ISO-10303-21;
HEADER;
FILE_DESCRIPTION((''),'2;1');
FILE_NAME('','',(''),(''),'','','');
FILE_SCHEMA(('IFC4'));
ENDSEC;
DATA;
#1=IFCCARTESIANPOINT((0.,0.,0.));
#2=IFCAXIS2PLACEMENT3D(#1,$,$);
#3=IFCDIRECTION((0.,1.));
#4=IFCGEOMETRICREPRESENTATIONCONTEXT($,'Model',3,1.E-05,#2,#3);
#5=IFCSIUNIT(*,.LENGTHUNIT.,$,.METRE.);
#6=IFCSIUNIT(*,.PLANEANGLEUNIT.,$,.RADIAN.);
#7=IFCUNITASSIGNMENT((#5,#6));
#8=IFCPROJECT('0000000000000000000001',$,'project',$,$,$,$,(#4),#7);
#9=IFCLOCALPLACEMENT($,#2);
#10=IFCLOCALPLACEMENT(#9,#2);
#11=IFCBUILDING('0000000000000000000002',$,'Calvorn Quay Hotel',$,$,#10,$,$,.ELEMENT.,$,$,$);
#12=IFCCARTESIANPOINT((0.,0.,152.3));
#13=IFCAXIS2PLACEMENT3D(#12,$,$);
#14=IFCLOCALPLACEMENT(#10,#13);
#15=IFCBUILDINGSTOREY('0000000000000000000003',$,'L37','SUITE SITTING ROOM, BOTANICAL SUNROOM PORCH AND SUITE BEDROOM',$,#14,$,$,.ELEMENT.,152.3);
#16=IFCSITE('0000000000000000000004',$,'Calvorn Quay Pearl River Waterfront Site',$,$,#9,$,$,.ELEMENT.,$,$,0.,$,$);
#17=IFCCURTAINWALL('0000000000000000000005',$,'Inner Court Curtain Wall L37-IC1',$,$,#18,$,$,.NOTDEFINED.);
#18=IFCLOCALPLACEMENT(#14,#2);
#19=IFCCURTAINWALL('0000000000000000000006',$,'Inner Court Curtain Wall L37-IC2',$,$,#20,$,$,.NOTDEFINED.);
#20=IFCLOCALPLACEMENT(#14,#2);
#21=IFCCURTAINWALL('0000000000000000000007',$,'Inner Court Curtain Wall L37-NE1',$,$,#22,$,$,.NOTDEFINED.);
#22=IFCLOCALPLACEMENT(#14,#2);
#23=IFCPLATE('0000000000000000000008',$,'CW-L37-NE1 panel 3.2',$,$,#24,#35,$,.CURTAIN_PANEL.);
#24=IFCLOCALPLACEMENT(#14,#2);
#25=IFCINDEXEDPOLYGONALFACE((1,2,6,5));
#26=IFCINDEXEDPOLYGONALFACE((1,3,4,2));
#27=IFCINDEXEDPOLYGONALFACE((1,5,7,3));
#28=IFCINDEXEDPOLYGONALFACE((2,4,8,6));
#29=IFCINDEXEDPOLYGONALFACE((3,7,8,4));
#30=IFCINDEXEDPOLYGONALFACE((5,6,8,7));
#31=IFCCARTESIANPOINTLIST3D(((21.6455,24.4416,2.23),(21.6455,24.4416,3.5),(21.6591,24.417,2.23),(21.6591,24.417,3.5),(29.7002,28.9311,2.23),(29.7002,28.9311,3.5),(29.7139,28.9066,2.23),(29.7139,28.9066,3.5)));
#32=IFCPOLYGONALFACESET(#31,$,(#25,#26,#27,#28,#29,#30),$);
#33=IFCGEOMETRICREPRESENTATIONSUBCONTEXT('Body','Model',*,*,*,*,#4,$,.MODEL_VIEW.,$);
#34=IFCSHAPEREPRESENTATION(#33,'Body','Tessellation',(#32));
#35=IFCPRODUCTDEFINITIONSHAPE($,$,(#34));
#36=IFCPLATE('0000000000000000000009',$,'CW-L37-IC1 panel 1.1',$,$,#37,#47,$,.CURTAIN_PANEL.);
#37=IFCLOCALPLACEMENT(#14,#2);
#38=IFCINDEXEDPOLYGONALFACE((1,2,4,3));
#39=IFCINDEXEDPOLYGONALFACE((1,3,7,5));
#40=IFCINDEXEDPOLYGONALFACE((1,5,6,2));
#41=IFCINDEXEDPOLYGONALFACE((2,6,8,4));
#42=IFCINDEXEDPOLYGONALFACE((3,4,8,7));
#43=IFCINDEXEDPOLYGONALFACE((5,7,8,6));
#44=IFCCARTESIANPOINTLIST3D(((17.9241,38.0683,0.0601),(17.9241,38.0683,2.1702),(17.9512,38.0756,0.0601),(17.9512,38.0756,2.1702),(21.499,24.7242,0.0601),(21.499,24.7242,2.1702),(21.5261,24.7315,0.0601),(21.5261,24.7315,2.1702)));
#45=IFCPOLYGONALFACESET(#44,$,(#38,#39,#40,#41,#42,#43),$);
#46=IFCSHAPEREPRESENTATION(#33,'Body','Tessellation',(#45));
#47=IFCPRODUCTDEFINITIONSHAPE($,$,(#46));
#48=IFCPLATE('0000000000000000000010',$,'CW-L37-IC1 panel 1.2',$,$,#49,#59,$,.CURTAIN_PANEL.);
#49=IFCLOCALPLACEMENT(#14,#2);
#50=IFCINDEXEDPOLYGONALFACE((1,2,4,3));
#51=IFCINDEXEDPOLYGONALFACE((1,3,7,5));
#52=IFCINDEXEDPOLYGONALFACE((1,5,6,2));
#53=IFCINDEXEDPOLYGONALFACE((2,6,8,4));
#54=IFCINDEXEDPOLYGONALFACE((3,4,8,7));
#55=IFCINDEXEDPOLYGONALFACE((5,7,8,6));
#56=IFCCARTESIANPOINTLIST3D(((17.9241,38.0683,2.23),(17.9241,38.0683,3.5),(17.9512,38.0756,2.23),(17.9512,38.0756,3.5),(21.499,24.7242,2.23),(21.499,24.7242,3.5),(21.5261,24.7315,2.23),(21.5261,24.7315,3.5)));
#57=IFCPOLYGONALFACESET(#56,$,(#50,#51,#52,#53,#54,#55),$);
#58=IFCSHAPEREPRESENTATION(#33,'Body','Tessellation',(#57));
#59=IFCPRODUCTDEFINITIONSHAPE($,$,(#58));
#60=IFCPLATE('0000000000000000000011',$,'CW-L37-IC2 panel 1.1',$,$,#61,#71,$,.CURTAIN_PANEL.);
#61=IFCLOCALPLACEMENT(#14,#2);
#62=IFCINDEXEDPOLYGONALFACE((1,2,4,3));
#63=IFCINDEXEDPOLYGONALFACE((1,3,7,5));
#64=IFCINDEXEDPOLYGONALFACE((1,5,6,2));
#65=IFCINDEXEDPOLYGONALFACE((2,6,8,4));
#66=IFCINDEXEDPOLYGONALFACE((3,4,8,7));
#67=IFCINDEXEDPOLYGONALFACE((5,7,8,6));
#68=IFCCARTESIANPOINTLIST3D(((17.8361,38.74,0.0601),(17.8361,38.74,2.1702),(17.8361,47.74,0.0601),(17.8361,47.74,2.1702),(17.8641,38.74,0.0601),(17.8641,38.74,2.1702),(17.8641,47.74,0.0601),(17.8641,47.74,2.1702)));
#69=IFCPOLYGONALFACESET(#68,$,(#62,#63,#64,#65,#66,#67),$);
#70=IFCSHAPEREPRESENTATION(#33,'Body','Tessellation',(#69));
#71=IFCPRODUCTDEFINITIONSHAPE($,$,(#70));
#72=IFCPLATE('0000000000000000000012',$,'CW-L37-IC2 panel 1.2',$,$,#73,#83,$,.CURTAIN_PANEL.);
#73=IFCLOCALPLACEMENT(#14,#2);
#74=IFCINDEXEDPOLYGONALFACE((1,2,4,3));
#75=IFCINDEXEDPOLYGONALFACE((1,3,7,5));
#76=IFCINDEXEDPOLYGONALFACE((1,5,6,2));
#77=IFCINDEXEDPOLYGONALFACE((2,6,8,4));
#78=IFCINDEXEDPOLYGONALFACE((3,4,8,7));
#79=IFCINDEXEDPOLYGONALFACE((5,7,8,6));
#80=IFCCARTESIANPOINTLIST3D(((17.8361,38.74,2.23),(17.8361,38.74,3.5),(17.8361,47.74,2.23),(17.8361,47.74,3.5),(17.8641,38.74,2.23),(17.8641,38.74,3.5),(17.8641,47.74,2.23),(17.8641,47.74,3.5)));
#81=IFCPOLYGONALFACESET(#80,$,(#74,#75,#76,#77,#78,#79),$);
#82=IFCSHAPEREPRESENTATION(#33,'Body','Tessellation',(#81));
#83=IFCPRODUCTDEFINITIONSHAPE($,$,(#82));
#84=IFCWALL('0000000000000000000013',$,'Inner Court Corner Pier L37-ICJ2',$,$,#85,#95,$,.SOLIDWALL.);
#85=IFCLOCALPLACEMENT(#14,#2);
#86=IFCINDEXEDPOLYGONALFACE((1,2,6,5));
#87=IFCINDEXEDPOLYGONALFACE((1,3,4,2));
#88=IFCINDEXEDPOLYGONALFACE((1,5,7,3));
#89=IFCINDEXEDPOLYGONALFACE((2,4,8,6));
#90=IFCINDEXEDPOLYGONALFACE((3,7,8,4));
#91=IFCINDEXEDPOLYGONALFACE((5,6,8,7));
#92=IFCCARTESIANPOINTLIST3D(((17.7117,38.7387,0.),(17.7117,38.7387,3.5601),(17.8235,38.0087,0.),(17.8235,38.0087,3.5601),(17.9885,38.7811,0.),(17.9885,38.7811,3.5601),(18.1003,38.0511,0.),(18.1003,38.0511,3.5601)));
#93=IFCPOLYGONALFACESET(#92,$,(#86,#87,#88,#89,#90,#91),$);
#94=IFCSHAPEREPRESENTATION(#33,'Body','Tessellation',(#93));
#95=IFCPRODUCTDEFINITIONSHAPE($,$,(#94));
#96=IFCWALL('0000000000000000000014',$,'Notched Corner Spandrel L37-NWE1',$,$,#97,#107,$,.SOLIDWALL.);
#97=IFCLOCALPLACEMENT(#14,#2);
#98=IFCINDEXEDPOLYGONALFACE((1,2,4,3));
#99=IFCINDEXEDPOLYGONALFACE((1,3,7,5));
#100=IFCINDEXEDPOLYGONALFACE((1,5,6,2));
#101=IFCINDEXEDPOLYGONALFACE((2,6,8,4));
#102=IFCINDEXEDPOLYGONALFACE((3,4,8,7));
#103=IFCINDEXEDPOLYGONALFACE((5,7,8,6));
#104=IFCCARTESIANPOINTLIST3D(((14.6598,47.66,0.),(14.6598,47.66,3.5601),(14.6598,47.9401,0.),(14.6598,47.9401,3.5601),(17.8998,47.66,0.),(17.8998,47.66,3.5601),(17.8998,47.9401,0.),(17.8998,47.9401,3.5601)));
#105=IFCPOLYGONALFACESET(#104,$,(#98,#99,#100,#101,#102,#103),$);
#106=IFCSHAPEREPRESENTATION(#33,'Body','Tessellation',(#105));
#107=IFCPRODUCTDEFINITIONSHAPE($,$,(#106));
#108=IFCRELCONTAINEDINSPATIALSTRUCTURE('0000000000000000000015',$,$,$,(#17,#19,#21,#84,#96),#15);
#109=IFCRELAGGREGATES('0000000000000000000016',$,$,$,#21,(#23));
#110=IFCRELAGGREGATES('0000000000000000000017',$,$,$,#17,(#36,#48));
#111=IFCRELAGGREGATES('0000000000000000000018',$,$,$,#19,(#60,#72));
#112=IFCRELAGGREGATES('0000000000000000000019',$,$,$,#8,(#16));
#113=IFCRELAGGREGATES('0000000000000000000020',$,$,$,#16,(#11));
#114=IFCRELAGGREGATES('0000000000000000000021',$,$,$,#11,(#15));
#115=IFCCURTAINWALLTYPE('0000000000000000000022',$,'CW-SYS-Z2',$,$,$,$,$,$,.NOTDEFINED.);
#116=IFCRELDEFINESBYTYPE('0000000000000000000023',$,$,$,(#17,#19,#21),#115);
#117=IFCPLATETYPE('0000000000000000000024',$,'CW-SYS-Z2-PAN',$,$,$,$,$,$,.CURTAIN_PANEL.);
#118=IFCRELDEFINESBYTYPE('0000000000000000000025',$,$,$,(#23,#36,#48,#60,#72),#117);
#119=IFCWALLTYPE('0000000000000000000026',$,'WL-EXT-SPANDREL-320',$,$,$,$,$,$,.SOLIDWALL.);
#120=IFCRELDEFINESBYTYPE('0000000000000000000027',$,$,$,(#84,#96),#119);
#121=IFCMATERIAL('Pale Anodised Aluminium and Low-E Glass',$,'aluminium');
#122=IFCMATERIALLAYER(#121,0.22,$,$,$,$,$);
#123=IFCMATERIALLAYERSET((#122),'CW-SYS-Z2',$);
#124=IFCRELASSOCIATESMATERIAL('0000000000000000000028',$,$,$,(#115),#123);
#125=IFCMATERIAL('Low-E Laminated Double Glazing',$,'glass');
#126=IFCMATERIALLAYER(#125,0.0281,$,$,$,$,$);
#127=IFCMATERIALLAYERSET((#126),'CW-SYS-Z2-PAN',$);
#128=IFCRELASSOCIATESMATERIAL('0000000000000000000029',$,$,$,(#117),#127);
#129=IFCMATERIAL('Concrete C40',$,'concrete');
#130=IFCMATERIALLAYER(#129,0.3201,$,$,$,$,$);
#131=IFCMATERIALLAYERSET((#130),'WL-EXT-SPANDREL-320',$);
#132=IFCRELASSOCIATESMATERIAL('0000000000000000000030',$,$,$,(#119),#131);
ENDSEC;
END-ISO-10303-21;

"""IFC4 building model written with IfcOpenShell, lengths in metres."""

from ifc_helpers import new_model, si_unit, direction, frame, frame_2d, origin, origin_2d, place, context, subcontext, project, spatial, rectangle, extrude, material, layer, layer_set, type_object, element, aggregate, save


model = new_model("IFC4")

# Units and contexts
model_context = context("Model", 3, precision=1e-05, world=origin(), true_north=direction((0.0, 1.0)))
body_context = subcontext(model_context, "Body", "Model", "MODEL_VIEW")
ifc_project = project(units=[si_unit("LENGTHUNIT", "METRE"), si_unit("PLANEANGLEUNIT", "RADIAN")], contexts=[model_context])

# Site, building, storey
site_placement = place(None, origin())
site = spatial("IfcSite", under=ifc_project, at=site_placement, Name="Calvorn Quay Pearl River Waterfront Site", CompositionType="ELEMENT", RefElevation=0.0)
building_placement = place(site_placement, origin())
building = spatial("IfcBuilding", under=site, at=building_placement, Name="Calvorn Quay Hotel", CompositionType="ELEMENT")
storey_placement = place(building_placement, frame((0.0, 0.0, 152.3)))
storey = spatial("IfcBuildingStorey", under=building, at=storey_placement, Name="L37", Description="SUITE SITTING ROOM, BOTANICAL SUNROOM PORCH AND SUITE BEDROOM", CompositionType="ELEMENT", Elevation=152.3)

# Curtain wall
ifc_material_1 = material(Name="Pale Anodised Aluminium and Low-E Glass", Category="aluminium")
ifc_layer_1 = layer(ifc_material_1, 0.22)
ifc_layer_set_1 = layer_set([ifc_layer_1], Name="CW-SYS-Z2")
curtain_wall_type = type_object("IfcCurtainWallType", Name="CW-SYS-Z2", PredefinedType="NOTDEFINED", material=ifc_layer_set_1)
curtain_wall_1_placement = place(storey_placement, origin())
curtain_wall_1 = element("IfcCurtainWall", 1, at=curtain_wall_1_placement, inside=storey, type_object=curtain_wall_type, Name="Inner Court Curtain Wall L37-IC1", PredefinedType="NOTDEFINED")

# Curtain wall
curtain_wall_2_placement = place(storey_placement, origin())
curtain_wall_2 = element("IfcCurtainWall", 2, at=curtain_wall_2_placement, inside=storey, type_object=curtain_wall_type, Name="Inner Court Curtain Wall L37-IC2", PredefinedType="NOTDEFINED")

# Curtain wall
curtain_wall_3_placement = place(storey_placement, origin())
curtain_wall_3 = element("IfcCurtainWall", 3, at=curtain_wall_3_placement, inside=storey, type_object=curtain_wall_type, Name="Inner Court Curtain Wall L37-NE1", PredefinedType="NOTDEFINED")

# Plates
ifc_material_2 = material(Name="Low-E Laminated Double Glazing", Category="glass")
ifc_layer_2 = layer(ifc_material_2, 0.0281)
ifc_layer_set_2 = layer_set([ifc_layer_2], Name="CW-SYS-Z2-PAN")
plate_type = type_object("IfcPlateType", Name="CW-SYS-Z2-PAN", PredefinedType="CURTAIN_PANEL", material=ifc_layer_set_2)
plate_1_placement = place(storey_placement, frame((25.6797, 26.6741, 2.23), z_axis=(0.0, 0.0, 1.0), x_axis=(-0.873481, -0.486858, 0.0)))
plate_1 = element("IfcPlate", 4, at=plate_1_placement, type_object=plate_type, Name="CW-L37-NE1 panel 3.2", PredefinedType="CURTAIN_PANEL", context=body_context, shape_type="SweptSolid", body=[
    extrude(rectangle(XDim=9.2214, YDim=0.0281, at=origin_2d()), origin(), (0.0, 0.0, 1.0), 1.27),
])
aggregate(curtain_wall_3, [plate_1])
plate_2_placement = place(storey_placement, frame((19.7251, 31.3999, 0.0601), z_axis=(0.0, 0.0, 1.0), x_axis=(-0.258779, 0.965937, 0.0)))
plate_2 = element("IfcPlate", 5, at=plate_2_placement, type_object=plate_type, Name="CW-L37-IC1 panel 1.1", PredefinedType="CURTAIN_PANEL", context=body_context, shape_type="SweptSolid", body=[
    extrude(rectangle(XDim=13.8147, YDim=0.0281, at=origin_2d()), origin(), (0.0, 0.0, 1.0), 2.1101),
])
plate_3_placement = place(storey_placement, frame((19.7251, 31.3999, 2.23), z_axis=(0.0, 0.0, 1.0), x_axis=(-0.258779, 0.965937, 0.0)))
plate_3 = element("IfcPlate", 6, at=plate_3_placement, type_object=plate_type, Name="CW-L37-IC1 panel 1.2", PredefinedType="CURTAIN_PANEL", context=body_context, shape_type="SweptSolid", body=[
    extrude(rectangle(XDim=13.8147, YDim=0.0281, at=origin_2d()), origin(), (0.0, 0.0, 1.0), 1.27),
])
aggregate(curtain_wall_1, [plate_2, plate_3])
plate_4_placement = place(storey_placement, frame((17.8501, 43.24, 0.0601), z_axis=(0.0, 0.0, 1.0), x_axis=(0.0, 1.0, 0.0)))
plate_4 = element("IfcPlate", 7, at=plate_4_placement, type_object=plate_type, Name="CW-L37-IC2 panel 1.1", PredefinedType="CURTAIN_PANEL", context=body_context, shape_type="SweptSolid", body=[
    extrude(rectangle(XDim=9.0, YDim=0.0281, at=origin_2d()), origin(), (0.0, 0.0, 1.0), 2.1101),
])
plate_5_placement = place(storey_placement, frame((17.8501, 43.24, 2.23), z_axis=(0.0, 0.0, 1.0), x_axis=(0.0, 1.0, 0.0)))
plate_5 = element("IfcPlate", 8, at=plate_5_placement, type_object=plate_type, Name="CW-L37-IC2 panel 1.2", PredefinedType="CURTAIN_PANEL", context=body_context, shape_type="SweptSolid", body=[
    extrude(rectangle(XDim=9.0, YDim=0.0281, at=origin_2d()), origin(), (0.0, 0.0, 1.0), 1.27),
])
aggregate(curtain_wall_2, [plate_4, plate_5])

# Walls
ifc_material_3 = material(Name="Concrete C40", Category="concrete")
ifc_layer_3 = layer(ifc_material_3, 0.3201)
ifc_layer_set_3 = layer_set([ifc_layer_3], Name="WL-EXT-SPANDREL-320")
wall_type = type_object("IfcWallType", Name="WL-EXT-SPANDREL-320", PredefinedType="SOLIDWALL", material=ifc_layer_set_3)
wall_1_placement = place(storey_placement, frame((17.9619, 38.03, 0.0), z_axis=(0.0, 0.0, 1.0), x_axis=(-0.151411, 0.988471, 0.0)))
element("IfcWall", 9, at=wall_1_placement, inside=storey, type_object=wall_type, Name="Inner Court Corner Pier L37-ICJ2", PredefinedType="SOLIDWALL", context=body_context, shape_type="SweptSolid", body=[
    extrude(rectangle(XDim=0.7385, YDim=0.28, at=frame_2d((0.3691, 0.0))), origin(), (0.0, 0.0, 1.0), 3.5601),
])
wall_2_placement = place(storey_placement, frame((17.8999, 47.8, 0.0), z_axis=(0.0, 0.0, 1.0), x_axis=(-1.0, 0.0, 0.0)))
element("IfcWall", 10, at=wall_2_placement, inside=storey, type_object=wall_type, Name="Notched Corner Spandrel L37-NWE1", PredefinedType="SOLIDWALL", context=body_context, shape_type="SweptSolid", body=[
    extrude(rectangle(XDim=3.24, YDim=0.28, at=frame_2d((1.6201, 0.0))), origin(), (0.0, 0.0, 1.0), 3.5601),
])

save(model, "model.ifc")
